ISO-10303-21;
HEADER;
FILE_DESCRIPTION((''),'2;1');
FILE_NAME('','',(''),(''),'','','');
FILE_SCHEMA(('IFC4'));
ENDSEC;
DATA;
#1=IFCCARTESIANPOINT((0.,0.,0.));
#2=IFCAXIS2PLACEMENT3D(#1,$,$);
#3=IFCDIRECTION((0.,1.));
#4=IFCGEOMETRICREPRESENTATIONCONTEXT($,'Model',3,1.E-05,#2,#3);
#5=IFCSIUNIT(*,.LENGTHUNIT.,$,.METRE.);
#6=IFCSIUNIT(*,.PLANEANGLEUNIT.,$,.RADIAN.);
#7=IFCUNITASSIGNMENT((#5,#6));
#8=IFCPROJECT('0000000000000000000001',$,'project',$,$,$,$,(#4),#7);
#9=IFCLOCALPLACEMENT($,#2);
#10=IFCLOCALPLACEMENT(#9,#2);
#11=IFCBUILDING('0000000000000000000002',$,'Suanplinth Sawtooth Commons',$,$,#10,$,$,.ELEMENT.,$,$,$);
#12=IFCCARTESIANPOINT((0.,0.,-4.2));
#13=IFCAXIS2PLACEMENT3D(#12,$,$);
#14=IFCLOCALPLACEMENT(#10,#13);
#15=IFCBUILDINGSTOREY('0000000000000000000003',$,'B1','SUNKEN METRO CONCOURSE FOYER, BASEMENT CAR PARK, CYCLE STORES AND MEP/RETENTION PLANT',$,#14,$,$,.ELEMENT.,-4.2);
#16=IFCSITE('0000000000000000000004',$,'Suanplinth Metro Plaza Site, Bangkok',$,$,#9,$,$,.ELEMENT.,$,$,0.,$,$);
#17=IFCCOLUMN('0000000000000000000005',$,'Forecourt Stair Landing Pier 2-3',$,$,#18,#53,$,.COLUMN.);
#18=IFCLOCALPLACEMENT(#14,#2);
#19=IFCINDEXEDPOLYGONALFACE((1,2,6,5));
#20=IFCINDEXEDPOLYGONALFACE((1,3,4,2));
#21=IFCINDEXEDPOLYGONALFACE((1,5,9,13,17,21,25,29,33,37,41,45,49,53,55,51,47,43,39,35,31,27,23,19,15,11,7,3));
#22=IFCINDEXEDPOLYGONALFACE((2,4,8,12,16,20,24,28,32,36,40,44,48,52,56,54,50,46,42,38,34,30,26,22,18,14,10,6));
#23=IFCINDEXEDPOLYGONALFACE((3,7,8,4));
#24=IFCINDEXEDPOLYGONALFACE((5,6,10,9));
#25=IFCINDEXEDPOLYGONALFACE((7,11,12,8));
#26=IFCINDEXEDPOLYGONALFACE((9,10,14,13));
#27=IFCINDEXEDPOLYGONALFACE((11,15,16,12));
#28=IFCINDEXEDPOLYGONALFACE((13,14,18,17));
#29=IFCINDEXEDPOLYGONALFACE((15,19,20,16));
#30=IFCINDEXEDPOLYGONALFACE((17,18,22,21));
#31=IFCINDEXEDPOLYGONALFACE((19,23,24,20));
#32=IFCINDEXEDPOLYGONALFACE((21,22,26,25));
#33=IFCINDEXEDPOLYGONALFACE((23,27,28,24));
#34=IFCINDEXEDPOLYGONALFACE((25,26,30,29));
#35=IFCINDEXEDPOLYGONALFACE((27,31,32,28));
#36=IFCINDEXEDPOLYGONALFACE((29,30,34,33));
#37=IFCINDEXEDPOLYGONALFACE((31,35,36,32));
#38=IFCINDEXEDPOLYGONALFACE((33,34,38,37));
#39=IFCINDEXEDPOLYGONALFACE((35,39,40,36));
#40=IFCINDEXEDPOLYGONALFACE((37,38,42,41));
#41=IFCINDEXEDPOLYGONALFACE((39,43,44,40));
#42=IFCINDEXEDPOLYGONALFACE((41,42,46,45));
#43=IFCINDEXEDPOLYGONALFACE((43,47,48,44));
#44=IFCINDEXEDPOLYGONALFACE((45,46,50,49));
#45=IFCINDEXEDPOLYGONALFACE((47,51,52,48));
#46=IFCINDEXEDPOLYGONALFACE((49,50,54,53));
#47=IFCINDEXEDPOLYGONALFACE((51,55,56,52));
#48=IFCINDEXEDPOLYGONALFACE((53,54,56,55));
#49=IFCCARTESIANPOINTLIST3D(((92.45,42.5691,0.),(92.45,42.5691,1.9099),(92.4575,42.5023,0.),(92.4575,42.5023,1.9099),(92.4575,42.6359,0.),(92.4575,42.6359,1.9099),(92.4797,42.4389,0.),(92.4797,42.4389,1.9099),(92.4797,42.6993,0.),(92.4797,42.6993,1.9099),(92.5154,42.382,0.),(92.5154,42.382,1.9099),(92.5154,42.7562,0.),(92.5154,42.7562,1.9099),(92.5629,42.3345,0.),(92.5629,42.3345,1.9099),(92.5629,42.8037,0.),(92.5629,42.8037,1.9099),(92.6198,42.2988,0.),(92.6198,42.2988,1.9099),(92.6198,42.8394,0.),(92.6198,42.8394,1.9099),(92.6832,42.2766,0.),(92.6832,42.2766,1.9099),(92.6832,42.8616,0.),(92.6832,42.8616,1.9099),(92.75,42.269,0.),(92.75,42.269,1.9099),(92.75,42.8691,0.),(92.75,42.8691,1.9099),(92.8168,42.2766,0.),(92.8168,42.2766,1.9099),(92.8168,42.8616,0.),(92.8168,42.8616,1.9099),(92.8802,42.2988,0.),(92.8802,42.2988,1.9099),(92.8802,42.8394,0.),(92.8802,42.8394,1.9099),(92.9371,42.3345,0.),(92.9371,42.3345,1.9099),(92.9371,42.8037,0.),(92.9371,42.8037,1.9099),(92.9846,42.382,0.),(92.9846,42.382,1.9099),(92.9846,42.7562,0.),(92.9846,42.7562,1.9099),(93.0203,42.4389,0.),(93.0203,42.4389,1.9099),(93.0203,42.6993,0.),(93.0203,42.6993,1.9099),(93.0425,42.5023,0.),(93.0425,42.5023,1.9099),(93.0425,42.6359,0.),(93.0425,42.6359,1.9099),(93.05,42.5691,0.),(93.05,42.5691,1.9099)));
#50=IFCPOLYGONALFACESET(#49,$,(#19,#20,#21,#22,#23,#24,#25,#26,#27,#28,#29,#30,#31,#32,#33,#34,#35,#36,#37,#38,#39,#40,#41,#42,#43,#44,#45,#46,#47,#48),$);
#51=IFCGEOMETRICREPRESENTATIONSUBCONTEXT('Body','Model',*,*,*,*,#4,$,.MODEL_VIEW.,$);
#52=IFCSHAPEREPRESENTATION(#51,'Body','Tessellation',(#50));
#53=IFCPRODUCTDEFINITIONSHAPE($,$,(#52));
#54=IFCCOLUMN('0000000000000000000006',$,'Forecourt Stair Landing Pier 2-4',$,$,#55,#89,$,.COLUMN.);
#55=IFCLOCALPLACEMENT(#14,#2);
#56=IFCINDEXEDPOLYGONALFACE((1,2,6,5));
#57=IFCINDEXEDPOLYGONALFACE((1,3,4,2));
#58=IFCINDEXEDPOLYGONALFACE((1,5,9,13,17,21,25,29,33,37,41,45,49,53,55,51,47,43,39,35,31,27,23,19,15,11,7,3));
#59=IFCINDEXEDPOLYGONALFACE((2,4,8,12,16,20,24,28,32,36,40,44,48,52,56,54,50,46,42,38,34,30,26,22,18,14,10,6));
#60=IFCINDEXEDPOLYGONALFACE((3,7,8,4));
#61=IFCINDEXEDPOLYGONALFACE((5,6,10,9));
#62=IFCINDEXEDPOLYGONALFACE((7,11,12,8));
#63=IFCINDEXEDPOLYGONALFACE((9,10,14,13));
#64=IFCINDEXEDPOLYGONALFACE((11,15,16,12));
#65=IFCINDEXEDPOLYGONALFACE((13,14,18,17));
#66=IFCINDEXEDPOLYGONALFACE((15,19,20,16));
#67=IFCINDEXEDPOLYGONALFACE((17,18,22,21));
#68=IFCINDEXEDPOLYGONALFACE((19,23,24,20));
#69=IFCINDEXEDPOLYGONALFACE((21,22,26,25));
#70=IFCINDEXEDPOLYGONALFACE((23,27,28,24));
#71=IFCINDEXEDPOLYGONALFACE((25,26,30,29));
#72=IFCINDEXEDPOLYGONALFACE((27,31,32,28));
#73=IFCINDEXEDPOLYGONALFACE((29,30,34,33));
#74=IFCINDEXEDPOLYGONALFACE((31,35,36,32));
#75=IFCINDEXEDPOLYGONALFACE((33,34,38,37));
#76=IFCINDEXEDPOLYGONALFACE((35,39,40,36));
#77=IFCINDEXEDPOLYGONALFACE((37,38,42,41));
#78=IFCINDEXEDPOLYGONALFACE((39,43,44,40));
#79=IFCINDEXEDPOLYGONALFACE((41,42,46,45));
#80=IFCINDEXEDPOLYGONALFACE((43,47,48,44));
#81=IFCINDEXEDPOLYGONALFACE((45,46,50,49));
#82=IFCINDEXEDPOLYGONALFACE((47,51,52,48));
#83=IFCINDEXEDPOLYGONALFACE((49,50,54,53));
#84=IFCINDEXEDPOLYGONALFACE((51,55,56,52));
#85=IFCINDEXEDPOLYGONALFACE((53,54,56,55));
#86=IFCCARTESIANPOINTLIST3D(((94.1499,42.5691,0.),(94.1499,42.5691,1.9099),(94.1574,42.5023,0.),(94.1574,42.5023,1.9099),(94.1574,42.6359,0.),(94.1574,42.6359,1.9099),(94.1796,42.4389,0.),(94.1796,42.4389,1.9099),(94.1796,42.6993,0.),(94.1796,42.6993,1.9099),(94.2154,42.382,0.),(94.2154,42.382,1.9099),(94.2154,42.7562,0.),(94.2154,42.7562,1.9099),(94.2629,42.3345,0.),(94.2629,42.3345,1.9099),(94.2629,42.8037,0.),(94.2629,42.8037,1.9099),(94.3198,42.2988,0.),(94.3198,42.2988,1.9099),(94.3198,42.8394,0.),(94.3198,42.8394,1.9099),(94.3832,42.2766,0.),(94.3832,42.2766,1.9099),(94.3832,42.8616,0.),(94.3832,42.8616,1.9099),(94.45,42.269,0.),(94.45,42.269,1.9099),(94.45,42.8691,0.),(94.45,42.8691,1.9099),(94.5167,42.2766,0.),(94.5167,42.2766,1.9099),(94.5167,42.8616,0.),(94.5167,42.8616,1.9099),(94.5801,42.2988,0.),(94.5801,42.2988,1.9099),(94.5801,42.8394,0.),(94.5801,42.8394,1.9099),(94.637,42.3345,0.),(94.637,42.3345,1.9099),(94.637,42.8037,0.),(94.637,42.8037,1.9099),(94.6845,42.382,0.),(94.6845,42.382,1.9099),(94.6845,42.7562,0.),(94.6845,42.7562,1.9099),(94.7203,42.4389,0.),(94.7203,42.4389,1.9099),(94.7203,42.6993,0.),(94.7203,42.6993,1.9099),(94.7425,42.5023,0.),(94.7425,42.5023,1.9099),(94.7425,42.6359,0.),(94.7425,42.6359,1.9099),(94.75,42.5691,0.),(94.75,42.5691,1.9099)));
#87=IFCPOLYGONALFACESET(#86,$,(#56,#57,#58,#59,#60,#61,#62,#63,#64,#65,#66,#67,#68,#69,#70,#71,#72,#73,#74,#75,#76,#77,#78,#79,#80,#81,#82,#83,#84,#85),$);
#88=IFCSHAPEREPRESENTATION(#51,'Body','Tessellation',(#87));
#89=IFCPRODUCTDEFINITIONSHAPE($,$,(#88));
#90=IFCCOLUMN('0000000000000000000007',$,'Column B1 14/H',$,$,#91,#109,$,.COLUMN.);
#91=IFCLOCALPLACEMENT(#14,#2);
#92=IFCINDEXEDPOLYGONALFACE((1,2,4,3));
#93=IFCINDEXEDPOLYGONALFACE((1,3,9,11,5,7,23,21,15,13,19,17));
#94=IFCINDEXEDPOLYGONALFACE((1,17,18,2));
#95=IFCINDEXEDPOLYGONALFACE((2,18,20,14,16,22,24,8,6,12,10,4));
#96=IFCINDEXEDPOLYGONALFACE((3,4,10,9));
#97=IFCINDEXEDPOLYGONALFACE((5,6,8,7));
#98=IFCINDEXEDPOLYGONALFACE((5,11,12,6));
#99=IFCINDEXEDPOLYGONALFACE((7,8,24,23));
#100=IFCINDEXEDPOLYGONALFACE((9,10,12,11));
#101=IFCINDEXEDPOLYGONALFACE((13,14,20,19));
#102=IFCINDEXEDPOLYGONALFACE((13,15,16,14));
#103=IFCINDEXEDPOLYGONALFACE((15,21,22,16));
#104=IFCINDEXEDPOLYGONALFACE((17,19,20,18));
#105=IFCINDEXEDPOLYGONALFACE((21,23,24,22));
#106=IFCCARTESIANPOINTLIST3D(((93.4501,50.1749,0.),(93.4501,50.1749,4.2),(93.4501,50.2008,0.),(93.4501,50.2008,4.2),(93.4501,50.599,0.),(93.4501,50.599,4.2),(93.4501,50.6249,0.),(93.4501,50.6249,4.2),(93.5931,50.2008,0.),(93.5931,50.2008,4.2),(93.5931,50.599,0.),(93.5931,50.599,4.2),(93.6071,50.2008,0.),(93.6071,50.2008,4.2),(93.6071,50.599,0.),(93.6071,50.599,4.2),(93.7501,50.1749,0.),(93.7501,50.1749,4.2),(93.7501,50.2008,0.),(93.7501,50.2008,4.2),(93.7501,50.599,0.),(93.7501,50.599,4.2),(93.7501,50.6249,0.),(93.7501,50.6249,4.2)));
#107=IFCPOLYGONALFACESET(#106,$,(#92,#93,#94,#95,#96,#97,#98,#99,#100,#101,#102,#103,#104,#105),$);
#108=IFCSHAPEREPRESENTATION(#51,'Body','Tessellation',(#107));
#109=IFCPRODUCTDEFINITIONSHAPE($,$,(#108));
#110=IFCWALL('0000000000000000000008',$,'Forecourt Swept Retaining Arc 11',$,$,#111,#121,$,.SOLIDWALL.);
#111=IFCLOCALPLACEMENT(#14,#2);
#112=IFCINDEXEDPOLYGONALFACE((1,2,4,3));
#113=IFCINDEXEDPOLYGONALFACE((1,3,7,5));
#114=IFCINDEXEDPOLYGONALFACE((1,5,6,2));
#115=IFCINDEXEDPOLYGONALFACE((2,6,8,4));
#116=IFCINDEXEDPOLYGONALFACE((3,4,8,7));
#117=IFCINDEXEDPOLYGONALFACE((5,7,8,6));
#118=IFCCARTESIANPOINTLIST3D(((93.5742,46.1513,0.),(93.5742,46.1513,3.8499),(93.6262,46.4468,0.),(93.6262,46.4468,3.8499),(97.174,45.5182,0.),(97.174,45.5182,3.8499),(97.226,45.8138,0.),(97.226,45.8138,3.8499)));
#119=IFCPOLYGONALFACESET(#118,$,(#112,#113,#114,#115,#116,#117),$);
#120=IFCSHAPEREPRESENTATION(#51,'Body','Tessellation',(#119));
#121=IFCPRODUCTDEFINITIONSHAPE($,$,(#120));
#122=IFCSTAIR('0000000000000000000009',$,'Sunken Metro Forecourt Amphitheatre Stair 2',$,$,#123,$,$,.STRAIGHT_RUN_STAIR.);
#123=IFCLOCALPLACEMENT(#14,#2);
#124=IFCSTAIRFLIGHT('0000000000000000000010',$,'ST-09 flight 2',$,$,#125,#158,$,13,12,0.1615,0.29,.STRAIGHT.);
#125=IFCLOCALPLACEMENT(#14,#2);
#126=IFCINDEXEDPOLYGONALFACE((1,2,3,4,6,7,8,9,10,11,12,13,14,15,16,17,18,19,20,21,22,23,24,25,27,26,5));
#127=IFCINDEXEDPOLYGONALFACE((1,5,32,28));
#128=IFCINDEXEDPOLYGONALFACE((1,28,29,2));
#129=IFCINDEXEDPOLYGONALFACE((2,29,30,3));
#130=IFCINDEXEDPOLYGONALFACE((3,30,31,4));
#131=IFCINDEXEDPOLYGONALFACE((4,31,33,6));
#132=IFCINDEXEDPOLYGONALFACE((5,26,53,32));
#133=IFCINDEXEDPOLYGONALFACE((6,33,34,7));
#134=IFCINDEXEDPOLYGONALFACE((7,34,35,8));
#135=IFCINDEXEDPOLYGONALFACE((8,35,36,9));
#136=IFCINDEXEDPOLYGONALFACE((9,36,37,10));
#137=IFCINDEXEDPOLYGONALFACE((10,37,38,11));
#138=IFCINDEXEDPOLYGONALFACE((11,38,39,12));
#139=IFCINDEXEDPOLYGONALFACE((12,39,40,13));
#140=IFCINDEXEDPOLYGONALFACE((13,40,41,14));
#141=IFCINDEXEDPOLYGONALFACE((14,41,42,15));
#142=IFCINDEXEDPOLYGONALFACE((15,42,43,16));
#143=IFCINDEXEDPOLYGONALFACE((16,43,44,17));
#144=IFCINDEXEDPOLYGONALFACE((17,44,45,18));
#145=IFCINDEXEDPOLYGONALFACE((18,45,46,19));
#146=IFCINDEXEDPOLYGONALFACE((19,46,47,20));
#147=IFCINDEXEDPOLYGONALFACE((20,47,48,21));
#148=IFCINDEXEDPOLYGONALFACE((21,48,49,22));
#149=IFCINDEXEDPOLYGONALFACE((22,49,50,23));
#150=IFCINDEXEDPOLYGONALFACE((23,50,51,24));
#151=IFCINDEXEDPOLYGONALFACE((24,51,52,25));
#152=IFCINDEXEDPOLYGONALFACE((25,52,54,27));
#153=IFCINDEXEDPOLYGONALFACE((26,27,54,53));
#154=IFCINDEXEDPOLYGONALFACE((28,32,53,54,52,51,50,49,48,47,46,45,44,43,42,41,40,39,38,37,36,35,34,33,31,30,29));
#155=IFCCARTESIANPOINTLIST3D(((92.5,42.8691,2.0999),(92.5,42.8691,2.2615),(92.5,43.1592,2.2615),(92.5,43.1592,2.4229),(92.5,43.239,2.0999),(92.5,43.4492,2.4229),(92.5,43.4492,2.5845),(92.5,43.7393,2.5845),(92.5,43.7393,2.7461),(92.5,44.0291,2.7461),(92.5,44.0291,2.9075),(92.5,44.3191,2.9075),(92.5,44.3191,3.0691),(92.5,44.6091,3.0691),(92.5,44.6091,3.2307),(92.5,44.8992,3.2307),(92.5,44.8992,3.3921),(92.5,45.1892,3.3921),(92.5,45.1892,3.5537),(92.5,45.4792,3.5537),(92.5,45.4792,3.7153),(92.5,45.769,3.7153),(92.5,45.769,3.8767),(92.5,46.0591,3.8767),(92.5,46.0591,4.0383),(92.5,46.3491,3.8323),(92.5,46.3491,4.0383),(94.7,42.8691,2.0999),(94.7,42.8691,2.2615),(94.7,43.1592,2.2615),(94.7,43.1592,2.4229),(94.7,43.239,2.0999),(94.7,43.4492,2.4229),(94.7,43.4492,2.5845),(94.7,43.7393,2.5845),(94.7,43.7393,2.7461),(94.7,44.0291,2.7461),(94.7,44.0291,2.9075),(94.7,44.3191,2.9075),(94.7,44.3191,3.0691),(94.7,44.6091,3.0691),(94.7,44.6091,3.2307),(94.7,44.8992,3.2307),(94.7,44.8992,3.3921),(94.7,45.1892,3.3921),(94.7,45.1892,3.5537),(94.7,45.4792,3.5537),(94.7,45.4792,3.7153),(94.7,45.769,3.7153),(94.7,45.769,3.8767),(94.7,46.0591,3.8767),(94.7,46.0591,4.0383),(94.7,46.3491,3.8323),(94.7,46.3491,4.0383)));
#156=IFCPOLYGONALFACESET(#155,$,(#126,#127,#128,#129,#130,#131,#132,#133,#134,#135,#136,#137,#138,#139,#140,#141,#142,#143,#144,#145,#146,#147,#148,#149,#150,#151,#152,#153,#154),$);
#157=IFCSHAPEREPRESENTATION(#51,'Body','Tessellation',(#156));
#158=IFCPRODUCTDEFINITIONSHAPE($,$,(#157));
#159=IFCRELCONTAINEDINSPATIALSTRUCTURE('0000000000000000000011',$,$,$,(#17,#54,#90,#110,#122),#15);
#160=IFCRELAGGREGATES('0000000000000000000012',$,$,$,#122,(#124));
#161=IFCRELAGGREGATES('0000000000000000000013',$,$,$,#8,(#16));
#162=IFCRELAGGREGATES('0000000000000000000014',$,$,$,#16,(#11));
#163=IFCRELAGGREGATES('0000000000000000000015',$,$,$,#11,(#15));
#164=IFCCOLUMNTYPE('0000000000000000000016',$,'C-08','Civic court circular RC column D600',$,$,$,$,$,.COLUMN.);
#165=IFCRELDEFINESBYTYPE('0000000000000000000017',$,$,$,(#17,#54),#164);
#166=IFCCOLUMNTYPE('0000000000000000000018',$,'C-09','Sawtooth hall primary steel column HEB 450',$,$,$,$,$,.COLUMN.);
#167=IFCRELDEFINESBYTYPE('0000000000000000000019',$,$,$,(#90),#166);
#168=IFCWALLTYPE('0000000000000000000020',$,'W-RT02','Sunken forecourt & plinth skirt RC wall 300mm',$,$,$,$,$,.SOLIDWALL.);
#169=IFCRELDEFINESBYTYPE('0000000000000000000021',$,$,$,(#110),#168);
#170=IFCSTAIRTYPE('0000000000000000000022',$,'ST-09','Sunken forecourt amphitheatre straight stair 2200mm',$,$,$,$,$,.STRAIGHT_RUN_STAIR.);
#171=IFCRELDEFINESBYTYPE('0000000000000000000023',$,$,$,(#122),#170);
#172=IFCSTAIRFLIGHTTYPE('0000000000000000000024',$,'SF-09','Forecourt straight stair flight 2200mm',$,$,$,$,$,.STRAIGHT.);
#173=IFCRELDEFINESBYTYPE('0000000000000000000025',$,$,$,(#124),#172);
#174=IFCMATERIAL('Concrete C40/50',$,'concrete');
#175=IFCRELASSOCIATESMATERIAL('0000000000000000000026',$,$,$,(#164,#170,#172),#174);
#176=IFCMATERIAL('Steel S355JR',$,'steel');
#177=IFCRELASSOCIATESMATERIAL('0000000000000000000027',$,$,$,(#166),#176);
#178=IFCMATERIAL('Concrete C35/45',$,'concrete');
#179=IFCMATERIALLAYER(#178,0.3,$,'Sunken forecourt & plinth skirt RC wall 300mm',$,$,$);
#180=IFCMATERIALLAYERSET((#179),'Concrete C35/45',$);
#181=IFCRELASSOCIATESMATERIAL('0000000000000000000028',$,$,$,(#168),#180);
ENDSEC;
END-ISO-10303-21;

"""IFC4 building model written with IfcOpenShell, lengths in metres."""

from ifc_helpers import new_model, si_unit, direction, frame, frame_2d, origin, origin_2d, place, context, subcontext, project, spatial, polyline, rectangle, circle, i_section, outline, extrude, material, layer, layer_set, material_profile, profile_set, type_object, element, aggregate, save


model = new_model("IFC4")

# Units and contexts
model_context = context("Model", 3, precision=1e-05, world=origin(), true_north=direction((0.0, 1.0)))
body_context = subcontext(model_context, "Body", "Model", "MODEL_VIEW")
ifc_project = project(units=[si_unit("LENGTHUNIT", "METRE"), si_unit("PLANEANGLEUNIT", "RADIAN")], contexts=[model_context])

# Site, building, storey
site_placement = place(None, origin())
site = spatial("IfcSite", under=ifc_project, at=site_placement, Name="Suanplinth Metro Plaza Site, Bangkok", CompositionType="ELEMENT", RefElevation=0.0)
building_placement = place(site_placement, origin())
building = spatial("IfcBuilding", under=site, at=building_placement, Name="Suanplinth Sawtooth Commons", CompositionType="ELEMENT")
storey_placement = place(building_placement, frame((0.0, 0.0, -4.2)))
storey = spatial("IfcBuildingStorey", under=building, at=storey_placement, Name="B1", Description="SUNKEN METRO CONCOURSE FOYER, BASEMENT CAR PARK, CYCLE STORES AND MEP/RETENTION PLANT", CompositionType="ELEMENT", Elevation=-4.2)

# Shared definitions
ifc_material_1 = material(Name="Concrete C35/45", Category="concrete")

# Columns
ifc_material_2 = material(Name="Concrete C40/50", Category="concrete")
ifc_material_profile_1 = material_profile(ifc_material_2, circle(Radius=0.3, at=origin_2d()), Name="RC-CIRC D600")
ifc_profile_set_1 = profile_set([ifc_material_profile_1], Name="Concrete C40/50")
column_type_1 = type_object("IfcColumnType", Name="C-08", Description="Civic court circular RC column D600", PredefinedType="COLUMN", material=ifc_profile_set_1)
for number, where, z_axis, x_axis, name in (
    (1, (92.75, 42.5691, 0.0), (0.0, 0.0, 1.0), (1.0, 0.0, 0.0), "Forecourt Stair Landing Pier 2-3"),
    (2, (94.45, 42.5691, 0.0), (0.0, 0.0, 1.0), (1.0, 0.0, 0.0), "Forecourt Stair Landing Pier 2-4"),
):
    element("IfcColumn", number, at=place(storey_placement, frame(where, z_axis=z_axis, x_axis=x_axis)), inside=storey, type_object=column_type_1, Name=name, PredefinedType="COLUMN", context=body_context, shape_type="SweptSolid", body=[
        extrude(circle(Radius=0.3, at=origin_2d()), origin(), (0.0, 0.0, 1.0), 1.9099),
    ])
ifc_material_3 = material(Name="Steel S355JR", Category="steel")
ifc_material_profile_2 = material_profile(ifc_material_3, i_section(OverallWidth=0.3, OverallDepth=0.45, WebThickness=0.0139, FlangeThickness=0.0259, at=origin_2d()), Name="HEB 450")
ifc_profile_set_2 = profile_set([ifc_material_profile_2], Name="Steel S355JR")
column_type_2 = type_object("IfcColumnType", Name="C-09", Description="Sawtooth hall primary steel column HEB 450", PredefinedType="COLUMN", material=ifc_profile_set_2)
column_placement = place(storey_placement, frame((93.6001, 50.3999, 0.0), z_axis=(0.0, 0.0, 1.0), x_axis=(1.0, 0.0, 0.0)))
element("IfcColumn", 3, at=column_placement, inside=storey, type_object=column_type_2, Name="Column B1 14/H", PredefinedType="COLUMN", context=body_context, shape_type="SweptSolid", body=[
    extrude(i_section(OverallWidth=0.3, OverallDepth=0.45, WebThickness=0.0139, FlangeThickness=0.0259, at=origin_2d()), origin(), (0.0, 0.0, 1.0), 4.2),
])

# Wall
ifc_layer = layer(ifc_material_1, 0.3, Name="Sunken forecourt & plinth skirt RC wall 300mm")
ifc_layer_set = layer_set([ifc_layer], Name="Concrete C35/45")
wall_type = type_object("IfcWallType", Name="W-RT02", Description="Sunken forecourt & plinth skirt RC wall 300mm", PredefinedType="SOLIDWALL", material=ifc_layer_set)
wall_placement = place(storey_placement, frame((93.6001, 46.2991, 0.0), z_axis=(0.0, 0.0, 1.0), x_axis=(0.984887, -0.173198, 0.0)))
element("IfcWall", 4, at=wall_placement, inside=storey, type_object=wall_type, Name="Forecourt Swept Retaining Arc 11", PredefinedType="SOLIDWALL", context=body_context, shape_type="SweptSolid", body=[
    extrude(rectangle(XDim=3.655, YDim=0.3, at=frame_2d((1.8276, 0.0))), origin(), (0.0, 0.0, 1.0), 3.8499),
])

# Stair, stair flight
stair_type = type_object("IfcStairType", Name="ST-09", Description="Sunken forecourt amphitheatre straight stair 2200mm", PredefinedType="STRAIGHT_RUN_STAIR", material=ifc_material_2)
stair_placement = place(storey_placement, origin())
stair = element("IfcStair", 5, at=stair_placement, inside=storey, type_object=stair_type, Name="Sunken Metro Forecourt Amphitheatre Stair 2", PredefinedType="STRAIGHT_RUN_STAIR")
stair_flight_type = type_object("IfcStairFlightType", Name="SF-09", Description="Forecourt straight stair flight 2200mm", PredefinedType="STRAIGHT", material=ifc_material_2)
stair_flight_placement = place(storey_placement, frame((93.6001, 42.8691, 2.0999), z_axis=(0.0, 0.0, 1.0), x_axis=(0.0, 1.0, 0.0)))
stair_flight = element("IfcStairFlight", 6, at=stair_flight_placement, type_object=stair_flight_type, Name="ST-09 flight 2", NumberOfRisers=13, NumberOfTreads=12, PredefinedType="STRAIGHT", RiserHeight=0.1615, TreadLength=0.29, context=body_context, shape_type="SweptSolid", body=[
    extrude(outline(polyline([(0.0, 0.0), (0.0, 0.1616), (0.29, 0.1616), (0.29, 0.323), (0.5801, 0.323), (0.5801, 0.4846), (0.8701, 0.4846), (0.8701, 0.6462), (1.1599, 0.6462), (1.1599, 0.8076), (1.45, 0.8076), (1.45, 0.9692), (1.74, 0.9692), (1.74, 1.1309), (2.03, 1.1309), (2.03, 1.2922), (2.3201, 1.2922), (2.3201, 1.4539), (2.6101, 1.4539), (2.6101, 1.6155), (2.8999, 1.6155), (2.8999, 1.7769), (3.1899, 1.7769), (3.1899, 1.9385), (3.48, 1.9385), (3.48, 2.1001), (3.48, 1.7324), (0.3699, 0.0), (0.0, 0.0)])), frame((0.0, 1.1001, 0.0), z_axis=(0.0, -1.0, 0.0), x_axis=(1.0, 0.0, 0.0)), (0.0, 0.0, 1.0), 2.2),
])
aggregate(stair, [stair_flight])

save(model, "model.ifc")
